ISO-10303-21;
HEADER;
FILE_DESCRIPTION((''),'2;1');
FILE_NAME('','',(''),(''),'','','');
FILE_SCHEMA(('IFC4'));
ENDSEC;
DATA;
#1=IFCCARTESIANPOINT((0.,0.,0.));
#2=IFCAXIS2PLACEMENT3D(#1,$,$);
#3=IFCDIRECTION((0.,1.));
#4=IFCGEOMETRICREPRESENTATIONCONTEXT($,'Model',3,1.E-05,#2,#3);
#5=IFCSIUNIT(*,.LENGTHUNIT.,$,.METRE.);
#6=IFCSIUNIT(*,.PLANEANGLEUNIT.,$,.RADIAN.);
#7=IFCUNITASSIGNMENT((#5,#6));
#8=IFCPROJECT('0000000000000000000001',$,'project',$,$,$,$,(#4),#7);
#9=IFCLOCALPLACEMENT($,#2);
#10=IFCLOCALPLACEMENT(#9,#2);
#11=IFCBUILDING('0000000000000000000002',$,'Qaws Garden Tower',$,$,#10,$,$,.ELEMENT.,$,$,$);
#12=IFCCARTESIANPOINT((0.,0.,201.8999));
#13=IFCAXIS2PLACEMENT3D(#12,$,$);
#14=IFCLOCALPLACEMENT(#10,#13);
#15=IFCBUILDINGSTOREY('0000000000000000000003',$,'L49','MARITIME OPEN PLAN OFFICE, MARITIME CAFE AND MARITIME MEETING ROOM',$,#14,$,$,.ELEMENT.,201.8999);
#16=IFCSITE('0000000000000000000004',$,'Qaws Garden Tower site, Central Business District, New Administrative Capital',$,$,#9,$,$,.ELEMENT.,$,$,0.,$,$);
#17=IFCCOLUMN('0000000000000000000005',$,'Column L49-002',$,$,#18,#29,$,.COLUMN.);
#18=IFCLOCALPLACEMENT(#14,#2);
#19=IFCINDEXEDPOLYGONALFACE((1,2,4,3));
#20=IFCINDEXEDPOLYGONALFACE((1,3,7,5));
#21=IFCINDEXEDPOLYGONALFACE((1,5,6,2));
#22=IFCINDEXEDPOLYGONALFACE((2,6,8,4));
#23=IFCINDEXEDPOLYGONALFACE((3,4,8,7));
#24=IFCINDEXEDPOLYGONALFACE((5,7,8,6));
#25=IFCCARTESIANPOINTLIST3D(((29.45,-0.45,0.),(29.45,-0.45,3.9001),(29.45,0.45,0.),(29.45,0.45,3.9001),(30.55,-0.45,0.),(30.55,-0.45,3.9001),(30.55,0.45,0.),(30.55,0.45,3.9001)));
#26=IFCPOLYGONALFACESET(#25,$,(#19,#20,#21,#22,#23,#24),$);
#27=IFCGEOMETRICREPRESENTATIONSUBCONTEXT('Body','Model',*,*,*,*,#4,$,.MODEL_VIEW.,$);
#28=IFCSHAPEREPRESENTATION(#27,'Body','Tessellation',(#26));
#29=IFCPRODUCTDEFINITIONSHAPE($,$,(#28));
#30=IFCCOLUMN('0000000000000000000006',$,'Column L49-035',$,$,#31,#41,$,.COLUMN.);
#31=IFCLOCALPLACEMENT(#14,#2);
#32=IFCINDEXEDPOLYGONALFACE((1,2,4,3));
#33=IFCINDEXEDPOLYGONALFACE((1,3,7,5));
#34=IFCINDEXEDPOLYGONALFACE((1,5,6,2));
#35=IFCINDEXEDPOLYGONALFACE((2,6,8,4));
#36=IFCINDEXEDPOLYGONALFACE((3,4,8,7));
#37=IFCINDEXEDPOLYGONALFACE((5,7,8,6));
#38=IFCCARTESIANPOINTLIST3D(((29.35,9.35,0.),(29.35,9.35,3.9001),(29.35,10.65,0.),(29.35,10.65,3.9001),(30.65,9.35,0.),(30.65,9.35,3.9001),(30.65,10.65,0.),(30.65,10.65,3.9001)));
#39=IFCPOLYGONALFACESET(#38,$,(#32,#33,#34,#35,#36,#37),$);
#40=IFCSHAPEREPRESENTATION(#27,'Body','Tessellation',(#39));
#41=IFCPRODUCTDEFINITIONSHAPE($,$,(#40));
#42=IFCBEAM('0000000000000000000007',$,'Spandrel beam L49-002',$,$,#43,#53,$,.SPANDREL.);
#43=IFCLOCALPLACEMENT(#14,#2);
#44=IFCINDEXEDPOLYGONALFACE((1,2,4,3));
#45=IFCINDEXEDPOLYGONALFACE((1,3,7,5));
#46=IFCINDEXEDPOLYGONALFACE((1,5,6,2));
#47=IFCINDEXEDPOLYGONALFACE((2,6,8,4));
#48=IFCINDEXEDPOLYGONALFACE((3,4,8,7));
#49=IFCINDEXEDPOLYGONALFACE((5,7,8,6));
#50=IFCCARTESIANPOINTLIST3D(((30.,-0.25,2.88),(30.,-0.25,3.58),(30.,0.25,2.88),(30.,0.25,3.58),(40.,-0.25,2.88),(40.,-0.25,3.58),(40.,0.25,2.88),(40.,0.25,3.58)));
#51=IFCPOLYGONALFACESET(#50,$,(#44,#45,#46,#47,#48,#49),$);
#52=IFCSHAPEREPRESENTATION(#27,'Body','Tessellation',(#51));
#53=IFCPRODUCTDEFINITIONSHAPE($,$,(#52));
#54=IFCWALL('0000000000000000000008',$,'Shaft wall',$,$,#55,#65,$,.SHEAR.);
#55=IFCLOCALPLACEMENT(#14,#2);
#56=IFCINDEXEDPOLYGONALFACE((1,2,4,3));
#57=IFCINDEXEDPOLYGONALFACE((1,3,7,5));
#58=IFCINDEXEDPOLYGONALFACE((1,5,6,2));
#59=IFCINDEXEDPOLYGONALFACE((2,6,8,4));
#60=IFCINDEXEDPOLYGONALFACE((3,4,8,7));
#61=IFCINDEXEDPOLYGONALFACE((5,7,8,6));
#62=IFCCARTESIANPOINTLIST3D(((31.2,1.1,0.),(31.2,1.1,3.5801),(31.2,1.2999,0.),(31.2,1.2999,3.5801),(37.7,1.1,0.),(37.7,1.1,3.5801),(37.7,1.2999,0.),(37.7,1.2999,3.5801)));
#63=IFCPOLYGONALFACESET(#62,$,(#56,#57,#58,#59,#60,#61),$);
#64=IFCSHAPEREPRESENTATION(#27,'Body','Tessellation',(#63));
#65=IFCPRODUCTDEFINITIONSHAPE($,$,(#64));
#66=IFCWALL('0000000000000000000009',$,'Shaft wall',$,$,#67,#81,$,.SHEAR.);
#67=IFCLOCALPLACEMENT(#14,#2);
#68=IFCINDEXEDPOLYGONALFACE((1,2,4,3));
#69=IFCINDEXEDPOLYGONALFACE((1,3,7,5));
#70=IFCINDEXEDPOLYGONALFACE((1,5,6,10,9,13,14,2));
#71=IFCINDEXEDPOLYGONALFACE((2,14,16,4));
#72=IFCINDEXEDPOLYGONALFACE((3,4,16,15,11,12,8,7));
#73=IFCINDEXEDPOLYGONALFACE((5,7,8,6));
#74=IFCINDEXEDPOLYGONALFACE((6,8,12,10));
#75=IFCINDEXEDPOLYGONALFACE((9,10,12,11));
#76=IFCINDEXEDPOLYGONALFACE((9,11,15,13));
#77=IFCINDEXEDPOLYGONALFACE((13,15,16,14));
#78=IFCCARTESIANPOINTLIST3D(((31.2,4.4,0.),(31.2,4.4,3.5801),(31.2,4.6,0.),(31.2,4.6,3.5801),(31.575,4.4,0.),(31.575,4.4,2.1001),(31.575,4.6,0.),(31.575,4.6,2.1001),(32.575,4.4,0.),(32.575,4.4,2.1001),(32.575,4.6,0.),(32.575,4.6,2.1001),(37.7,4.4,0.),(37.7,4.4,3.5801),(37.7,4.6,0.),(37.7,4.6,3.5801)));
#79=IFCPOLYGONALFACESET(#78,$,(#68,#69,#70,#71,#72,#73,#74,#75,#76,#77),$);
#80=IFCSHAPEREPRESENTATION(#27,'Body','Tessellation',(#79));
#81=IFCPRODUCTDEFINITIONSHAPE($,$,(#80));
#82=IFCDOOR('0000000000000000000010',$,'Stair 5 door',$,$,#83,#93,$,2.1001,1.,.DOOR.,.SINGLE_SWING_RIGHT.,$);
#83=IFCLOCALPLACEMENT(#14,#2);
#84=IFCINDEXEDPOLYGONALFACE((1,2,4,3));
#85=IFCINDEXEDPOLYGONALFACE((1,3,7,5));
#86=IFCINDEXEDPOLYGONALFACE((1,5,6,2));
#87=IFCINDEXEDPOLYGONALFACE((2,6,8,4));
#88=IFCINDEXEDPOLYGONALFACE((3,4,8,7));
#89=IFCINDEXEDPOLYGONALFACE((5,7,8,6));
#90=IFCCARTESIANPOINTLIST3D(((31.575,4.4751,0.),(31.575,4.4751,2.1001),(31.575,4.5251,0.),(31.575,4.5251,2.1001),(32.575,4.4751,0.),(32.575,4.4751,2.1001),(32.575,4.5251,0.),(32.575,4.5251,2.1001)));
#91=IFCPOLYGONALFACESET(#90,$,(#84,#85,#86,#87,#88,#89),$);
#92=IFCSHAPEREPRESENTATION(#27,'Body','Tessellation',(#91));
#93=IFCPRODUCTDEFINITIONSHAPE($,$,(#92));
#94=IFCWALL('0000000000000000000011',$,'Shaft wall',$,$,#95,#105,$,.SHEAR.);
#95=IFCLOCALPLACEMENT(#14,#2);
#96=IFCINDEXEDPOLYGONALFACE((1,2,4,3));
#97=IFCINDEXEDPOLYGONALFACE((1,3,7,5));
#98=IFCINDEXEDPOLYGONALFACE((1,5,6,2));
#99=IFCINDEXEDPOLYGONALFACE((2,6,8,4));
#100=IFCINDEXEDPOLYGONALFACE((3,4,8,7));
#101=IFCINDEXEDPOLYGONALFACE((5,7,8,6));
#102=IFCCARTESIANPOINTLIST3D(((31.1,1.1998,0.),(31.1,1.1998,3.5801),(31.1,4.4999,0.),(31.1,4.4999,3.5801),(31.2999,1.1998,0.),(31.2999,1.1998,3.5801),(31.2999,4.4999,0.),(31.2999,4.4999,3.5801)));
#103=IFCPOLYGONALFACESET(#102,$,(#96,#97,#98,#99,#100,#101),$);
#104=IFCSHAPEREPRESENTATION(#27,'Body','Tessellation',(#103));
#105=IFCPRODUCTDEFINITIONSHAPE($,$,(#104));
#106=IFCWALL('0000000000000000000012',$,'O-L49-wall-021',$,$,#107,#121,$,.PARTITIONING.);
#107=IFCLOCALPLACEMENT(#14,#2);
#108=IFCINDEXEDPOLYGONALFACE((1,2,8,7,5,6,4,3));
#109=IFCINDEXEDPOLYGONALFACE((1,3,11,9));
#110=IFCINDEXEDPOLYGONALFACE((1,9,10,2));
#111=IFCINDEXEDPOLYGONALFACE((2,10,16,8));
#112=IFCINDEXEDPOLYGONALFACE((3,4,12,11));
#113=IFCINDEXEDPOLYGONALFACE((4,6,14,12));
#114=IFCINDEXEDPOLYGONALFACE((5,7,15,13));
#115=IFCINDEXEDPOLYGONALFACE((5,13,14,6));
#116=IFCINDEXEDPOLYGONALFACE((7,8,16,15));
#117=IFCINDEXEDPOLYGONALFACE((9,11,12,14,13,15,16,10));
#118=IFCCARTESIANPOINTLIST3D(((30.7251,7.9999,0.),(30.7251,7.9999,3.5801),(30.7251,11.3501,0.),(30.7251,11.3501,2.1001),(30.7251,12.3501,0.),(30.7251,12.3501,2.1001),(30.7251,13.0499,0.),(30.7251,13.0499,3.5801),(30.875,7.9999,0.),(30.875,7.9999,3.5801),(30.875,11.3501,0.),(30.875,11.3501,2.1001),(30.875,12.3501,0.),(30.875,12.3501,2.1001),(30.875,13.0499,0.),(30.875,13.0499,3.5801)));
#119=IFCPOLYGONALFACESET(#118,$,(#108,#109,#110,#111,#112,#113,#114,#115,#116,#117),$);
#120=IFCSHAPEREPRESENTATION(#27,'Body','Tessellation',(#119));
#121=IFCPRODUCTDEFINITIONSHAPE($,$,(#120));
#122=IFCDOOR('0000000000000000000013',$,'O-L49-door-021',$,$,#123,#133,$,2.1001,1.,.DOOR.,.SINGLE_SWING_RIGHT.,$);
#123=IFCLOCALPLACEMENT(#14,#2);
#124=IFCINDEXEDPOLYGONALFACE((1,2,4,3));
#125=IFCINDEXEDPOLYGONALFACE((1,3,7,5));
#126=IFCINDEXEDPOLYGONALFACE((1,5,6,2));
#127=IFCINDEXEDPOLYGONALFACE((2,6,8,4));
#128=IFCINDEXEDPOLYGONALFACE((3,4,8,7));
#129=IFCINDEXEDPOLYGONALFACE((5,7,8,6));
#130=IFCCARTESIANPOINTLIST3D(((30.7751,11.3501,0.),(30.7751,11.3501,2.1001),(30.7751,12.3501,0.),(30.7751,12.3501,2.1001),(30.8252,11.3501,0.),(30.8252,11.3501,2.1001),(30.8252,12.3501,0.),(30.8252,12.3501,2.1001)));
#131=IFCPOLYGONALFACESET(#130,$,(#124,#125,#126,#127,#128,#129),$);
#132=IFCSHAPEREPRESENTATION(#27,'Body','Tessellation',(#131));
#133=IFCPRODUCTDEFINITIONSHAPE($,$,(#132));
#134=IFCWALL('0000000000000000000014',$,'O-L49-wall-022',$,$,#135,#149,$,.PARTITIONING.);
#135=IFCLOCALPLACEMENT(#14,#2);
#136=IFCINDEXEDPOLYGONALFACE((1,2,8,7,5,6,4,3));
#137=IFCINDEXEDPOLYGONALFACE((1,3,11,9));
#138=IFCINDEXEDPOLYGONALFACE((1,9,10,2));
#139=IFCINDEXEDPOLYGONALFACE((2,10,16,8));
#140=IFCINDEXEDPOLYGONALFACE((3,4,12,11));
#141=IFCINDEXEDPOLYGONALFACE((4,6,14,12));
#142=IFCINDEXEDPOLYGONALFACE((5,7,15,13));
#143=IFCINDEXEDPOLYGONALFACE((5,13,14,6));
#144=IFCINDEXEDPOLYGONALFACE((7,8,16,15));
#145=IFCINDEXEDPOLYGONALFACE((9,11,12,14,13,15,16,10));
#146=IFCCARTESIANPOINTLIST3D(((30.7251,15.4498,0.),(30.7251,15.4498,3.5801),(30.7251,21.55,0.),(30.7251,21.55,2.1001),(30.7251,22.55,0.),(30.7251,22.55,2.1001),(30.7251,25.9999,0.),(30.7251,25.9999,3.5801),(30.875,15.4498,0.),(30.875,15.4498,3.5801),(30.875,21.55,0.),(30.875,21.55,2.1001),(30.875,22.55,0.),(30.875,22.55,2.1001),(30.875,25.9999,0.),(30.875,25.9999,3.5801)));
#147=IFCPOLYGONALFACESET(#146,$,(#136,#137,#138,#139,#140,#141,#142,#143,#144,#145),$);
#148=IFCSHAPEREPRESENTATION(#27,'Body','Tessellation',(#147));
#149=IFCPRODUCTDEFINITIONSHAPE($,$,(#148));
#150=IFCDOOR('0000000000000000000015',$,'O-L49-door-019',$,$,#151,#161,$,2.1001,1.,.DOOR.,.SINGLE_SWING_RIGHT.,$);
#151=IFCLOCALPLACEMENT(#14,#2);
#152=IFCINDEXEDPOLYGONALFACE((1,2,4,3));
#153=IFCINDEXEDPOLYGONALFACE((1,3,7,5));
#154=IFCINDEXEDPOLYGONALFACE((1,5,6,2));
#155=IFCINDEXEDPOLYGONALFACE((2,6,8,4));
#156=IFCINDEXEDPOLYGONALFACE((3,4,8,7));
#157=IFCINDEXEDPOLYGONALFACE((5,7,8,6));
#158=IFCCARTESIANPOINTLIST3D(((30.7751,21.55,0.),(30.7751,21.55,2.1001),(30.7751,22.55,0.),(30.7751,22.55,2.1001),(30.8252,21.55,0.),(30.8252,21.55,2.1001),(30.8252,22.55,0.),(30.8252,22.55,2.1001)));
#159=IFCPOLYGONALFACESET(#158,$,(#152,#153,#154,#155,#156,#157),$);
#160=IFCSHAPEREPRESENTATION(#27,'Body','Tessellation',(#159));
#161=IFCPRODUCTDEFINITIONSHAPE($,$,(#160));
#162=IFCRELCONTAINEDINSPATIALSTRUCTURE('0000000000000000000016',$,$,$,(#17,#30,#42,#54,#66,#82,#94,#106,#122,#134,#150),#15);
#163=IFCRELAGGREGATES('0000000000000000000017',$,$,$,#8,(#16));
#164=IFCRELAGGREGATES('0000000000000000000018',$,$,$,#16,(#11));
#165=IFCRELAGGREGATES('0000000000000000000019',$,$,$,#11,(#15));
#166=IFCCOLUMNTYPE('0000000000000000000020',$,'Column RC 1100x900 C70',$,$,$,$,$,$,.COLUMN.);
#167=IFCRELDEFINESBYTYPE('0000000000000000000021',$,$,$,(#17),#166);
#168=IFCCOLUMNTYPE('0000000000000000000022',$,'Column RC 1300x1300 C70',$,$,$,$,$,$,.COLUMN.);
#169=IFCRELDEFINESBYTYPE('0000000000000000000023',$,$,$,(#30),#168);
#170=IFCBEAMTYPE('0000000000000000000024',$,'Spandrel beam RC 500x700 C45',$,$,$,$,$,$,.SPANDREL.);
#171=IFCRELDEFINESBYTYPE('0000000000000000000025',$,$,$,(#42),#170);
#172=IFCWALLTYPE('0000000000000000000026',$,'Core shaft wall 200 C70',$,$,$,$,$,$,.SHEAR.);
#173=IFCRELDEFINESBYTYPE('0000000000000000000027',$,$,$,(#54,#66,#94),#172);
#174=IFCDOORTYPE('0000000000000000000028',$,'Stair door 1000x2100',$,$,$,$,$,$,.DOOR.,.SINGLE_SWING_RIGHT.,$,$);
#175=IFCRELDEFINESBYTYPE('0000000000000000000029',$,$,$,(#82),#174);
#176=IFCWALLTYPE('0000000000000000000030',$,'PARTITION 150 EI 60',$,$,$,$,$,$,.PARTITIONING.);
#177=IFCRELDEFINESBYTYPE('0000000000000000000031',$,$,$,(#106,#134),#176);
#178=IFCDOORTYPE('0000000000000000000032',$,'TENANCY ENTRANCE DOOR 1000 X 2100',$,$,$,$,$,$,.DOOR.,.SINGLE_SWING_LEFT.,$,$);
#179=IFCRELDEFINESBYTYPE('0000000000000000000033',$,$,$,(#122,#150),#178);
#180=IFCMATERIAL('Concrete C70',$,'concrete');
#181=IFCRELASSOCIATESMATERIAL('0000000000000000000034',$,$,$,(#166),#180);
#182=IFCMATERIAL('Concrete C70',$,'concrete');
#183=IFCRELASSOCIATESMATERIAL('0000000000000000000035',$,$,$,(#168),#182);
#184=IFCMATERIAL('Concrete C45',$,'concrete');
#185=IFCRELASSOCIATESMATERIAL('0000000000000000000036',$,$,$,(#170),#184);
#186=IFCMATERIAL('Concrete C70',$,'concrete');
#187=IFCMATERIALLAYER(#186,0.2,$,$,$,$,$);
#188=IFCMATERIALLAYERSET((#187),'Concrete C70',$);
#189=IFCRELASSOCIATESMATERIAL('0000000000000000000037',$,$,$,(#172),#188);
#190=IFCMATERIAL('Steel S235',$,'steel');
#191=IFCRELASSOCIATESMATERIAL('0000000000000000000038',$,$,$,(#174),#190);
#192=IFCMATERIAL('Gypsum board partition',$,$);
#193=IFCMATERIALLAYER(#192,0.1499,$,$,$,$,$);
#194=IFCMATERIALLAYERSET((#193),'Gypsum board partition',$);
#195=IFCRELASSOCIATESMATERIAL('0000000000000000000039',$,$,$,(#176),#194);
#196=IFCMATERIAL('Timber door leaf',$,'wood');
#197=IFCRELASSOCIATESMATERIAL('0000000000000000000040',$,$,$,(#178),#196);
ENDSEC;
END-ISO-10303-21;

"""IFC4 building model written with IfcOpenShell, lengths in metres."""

from ifc_helpers import new_model, si_unit, direction, frame, frame_2d, origin, origin_2d, place, context, subcontext, project, spatial, rectangle, extrude, material, layer, layer_set, material_profile, profile_set, type_object, element, fill, save


model = new_model("IFC4")

# Units and contexts
model_context = context("Model", 3, precision=1e-05, world=origin(), true_north=direction((0.0, 1.0)))
body_context = subcontext(model_context, "Body", "Model", "MODEL_VIEW")
ifc_project = project(units=[si_unit("LENGTHUNIT", "METRE"), si_unit("PLANEANGLEUNIT", "RADIAN")], contexts=[model_context])

# Site, building, storey
site_placement = place(None, origin())
site = spatial("IfcSite", under=ifc_project, at=site_placement, Name="Qaws Garden Tower site, Central Business District, New Administrative Capital", CompositionType="ELEMENT", RefElevation=0.0)
building_placement = place(site_placement, origin())
building = spatial("IfcBuilding", under=site, at=building_placement, Name="Qaws Garden Tower", CompositionType="ELEMENT")
storey_placement = place(building_placement, frame((0.0, 0.0, 201.8999)))
storey = spatial("IfcBuildingStorey", under=building, at=storey_placement, Name="L49", Description="MARITIME OPEN PLAN OFFICE, MARITIME CAFE AND MARITIME MEETING ROOM", CompositionType="ELEMENT", Elevation=201.8999)

# Columns
ifc_material_1 = material(Name="Concrete C70", Category="concrete")
ifc_material_profile_1 = material_profile(ifc_material_1, rectangle(XDim=1.1001, YDim=0.8999, at=origin_2d()), Name="RC 1100x900")
ifc_profile_set_1 = profile_set([ifc_material_profile_1], Name="Concrete C70")
column_type_1 = type_object("IfcColumnType", Name="Column RC 1100x900 C70", PredefinedType="COLUMN", material=ifc_profile_set_1)
column_1_placement = place(storey_placement, frame((30.0, 0.0, 0.0), z_axis=(0.0, 0.0, 1.0), x_axis=(1.0, 0.0, 0.0)))
element("IfcColumn", 1, at=column_1_placement, inside=storey, type_object=column_type_1, Name="Column L49-002", PredefinedType="COLUMN", context=body_context, shape_type="SweptSolid", body=[
    extrude(rectangle(XDim=1.1001, YDim=0.8999, at=origin_2d()), origin(), (0.0, 0.0, 1.0), 3.9001),
])
ifc_material_2 = material(Name="Concrete C70", Category="concrete")
ifc_material_profile_2 = material_profile(ifc_material_2, rectangle(XDim=1.3, YDim=1.3, at=origin_2d()), Name="RC 1300x1300")
ifc_profile_set_2 = profile_set([ifc_material_profile_2], Name="Concrete C70")
column_type_2 = type_object("IfcColumnType", Name="Column RC 1300x1300 C70", PredefinedType="COLUMN", material=ifc_profile_set_2)
column_2_placement = place(storey_placement, frame((30.0, 10.0, 0.0), z_axis=(0.0, 0.0, 1.0), x_axis=(1.0, 0.0, 0.0)))
element("IfcColumn", 2, at=column_2_placement, inside=storey, type_object=column_type_2, Name="Column L49-035", PredefinedType="COLUMN", context=body_context, shape_type="SweptSolid", body=[
    extrude(rectangle(XDim=1.3, YDim=1.3, at=origin_2d()), origin(), (0.0, 0.0, 1.0), 3.9001),
])

# Beam
ifc_material_3 = material(Name="Concrete C45", Category="concrete")
ifc_material_profile_3 = material_profile(ifc_material_3, rectangle(XDim=0.5, YDim=0.7, at=origin_2d()), Name="RC 500x700")
ifc_profile_set_3 = profile_set([ifc_material_profile_3], Name="Concrete C45")
beam_type = type_object("IfcBeamType", Name="Spandrel beam RC 500x700 C45", PredefinedType="SPANDREL", material=ifc_profile_set_3)
beam_placement = place(storey_placement, frame((30.0, 0.0, 3.23), z_axis=(1.0, 0.0, 0.0), x_axis=(0.0, 1.0, 0.0)))
element("IfcBeam", 3, at=beam_placement, inside=storey, type_object=beam_type, Name="Spandrel beam L49-002", PredefinedType="SPANDREL", context=body_context, shape_type="SweptSolid", body=[
    extrude(rectangle(XDim=0.5, YDim=0.7, at=origin_2d()), origin(), (0.0, 0.0, 1.0), 10.0),
])

# Wall
ifc_material_4 = material(Name="Concrete C70", Category="concrete")
ifc_layer_1 = layer(ifc_material_4, 0.2)
ifc_layer_set_1 = layer_set([ifc_layer_1], Name="Concrete C70")
wall_type_1 = type_object("IfcWallType", Name="Core shaft wall 200 C70", PredefinedType="SHEAR", material=ifc_layer_set_1)
wall_1_placement = place(storey_placement, frame((31.2, 1.2, 0.0), z_axis=(0.0, 0.0, 1.0), x_axis=(1.0, 0.0, 0.0)))
element("IfcWall", 4, at=wall_1_placement, inside=storey, type_object=wall_type_1, Name="Shaft wall", PredefinedType="SHEAR", context=body_context, shape_type="SweptSolid", body=[
    extrude(rectangle(XDim=6.5, YDim=0.2, at=frame_2d((3.25, 0.0))), origin(), (0.0, 0.0, 1.0), 3.5801),
])

# Wall, opening, door
wall_2_placement = place(storey_placement, frame((31.2, 4.5, 0.0), z_axis=(0.0, 0.0, 1.0), x_axis=(1.0, 0.0, 0.0)))
wall_2 = element("IfcWall", 5, at=wall_2_placement, inside=storey, type_object=wall_type_1, Name="Shaft wall", PredefinedType="SHEAR", context=body_context, shape_type="SweptSolid", body=[
    extrude(rectangle(XDim=6.5, YDim=0.2, at=frame_2d((3.25, 0.0))), origin(), (0.0, 0.0, 1.0), 3.5801),
])
opening_1_placement = place(wall_2_placement, frame((0.375, 0.0, 0.0)))
opening_1 = element("IfcOpeningElement", 6, at=opening_1_placement, cuts=wall_2, PredefinedType="OPENING", context=body_context, shape_type="SweptSolid", body=[
    extrude(rectangle(XDim=1.0, YDim=2.1001, at=frame_2d((0.5, 1.05))), frame((0.0, 0.1099, 0.0), z_axis=(0.0, -1.0, 0.0), x_axis=(1.0, 0.0, 0.0)), (0.0, 0.0, 1.0), 0.22),
])
ifc_material_5 = material(Name="Steel S235", Category="steel")
door_type_1 = type_object("IfcDoorType", Name="Stair door 1000x2100", OperationType="SINGLE_SWING_RIGHT", PredefinedType="DOOR", material=ifc_material_5)
door_1_placement = place(opening_1_placement, frame((1.0, 0.0, 0.0), z_axis=(0.0, 0.0, 1.0), x_axis=(-1.0, 0.0, 0.0)))
door_1 = element("IfcDoor", 7, at=door_1_placement, inside=storey, type_object=door_type_1, Name="Stair 5 door", OperationType="SINGLE_SWING_RIGHT", OverallHeight=2.1001, OverallWidth=1.0, PredefinedType="DOOR", context=body_context, shape_type="SweptSolid", body=[
    extrude(rectangle(XDim=1.0, YDim=2.1001, at=frame_2d((0.5, 1.05))), frame((0.0, 0.0249, 0.0), z_axis=(0.0, -1.0, 0.0), x_axis=(1.0, 0.0, 0.0)), (0.0, 0.0, 1.0), 0.05),
])
fill(opening_1, door_1)

# Wall
wall_3_placement = place(storey_placement, frame((31.2, 1.2, 0.0), z_axis=(0.0, 0.0, 1.0), x_axis=(0.0, 1.0, 0.0)))
element("IfcWall", 8, at=wall_3_placement, inside=storey, type_object=wall_type_1, Name="Shaft wall", PredefinedType="SHEAR", context=body_context, shape_type="SweptSolid", body=[
    extrude(rectangle(XDim=3.3, YDim=0.2, at=frame_2d((1.6499, 0.0))), origin(), (0.0, 0.0, 1.0), 3.5801),
])

# Walls, openings, doors
ifc_material_6 = material(Name="Gypsum board partition")
ifc_layer_2 = layer(ifc_material_6, 0.1499)
ifc_layer_set_2 = layer_set([ifc_layer_2], Name="Gypsum board partition")
wall_type_2 = type_object("IfcWallType", Name="PARTITION 150 EI 60", PredefinedType="PARTITIONING", material=ifc_layer_set_2)
wall_4_placement = place(storey_placement, frame((30.8, 8.0, 0.0), z_axis=(0.0, 0.0, 1.0), x_axis=(0.0, 1.0, 0.0)))
wall_4 = element("IfcWall", 9, at=wall_4_placement, inside=storey, type_object=wall_type_2, Name="O-L49-wall-021", PredefinedType="PARTITIONING", context=body_context, shape_type="SweptSolid", body=[
    extrude(rectangle(XDim=5.05, YDim=0.1499, at=frame_2d((2.5249, 0.0))), origin(), (0.0, 0.0, 1.0), 3.5801),
])
opening_2_placement = place(wall_4_placement, frame((3.3501, 0.0, 0.0)))
opening_2 = element("IfcOpeningElement", 10, at=opening_2_placement, cuts=wall_4, PredefinedType="OPENING", context=body_context, shape_type="SweptSolid", body=[
    extrude(rectangle(XDim=1.0, YDim=2.1001, at=frame_2d((0.5, 1.05))), frame((0.0, 0.085, 0.0), z_axis=(0.0, -1.0, 0.0), x_axis=(1.0, 0.0, 0.0)), (0.0, 0.0, 1.0), 0.1699),
])
ifc_material_7 = material(Name="Timber door leaf", Category="wood")
door_type_2 = type_object("IfcDoorType", Name="TENANCY ENTRANCE DOOR 1000 X 2100", OperationType="SINGLE_SWING_LEFT", PredefinedType="DOOR", material=ifc_material_7)
door_2_placement = place(opening_2_placement, origin())
door_2 = element("IfcDoor", 11, at=door_2_placement, inside=storey, type_object=door_type_2, Name="O-L49-door-021", OperationType="SINGLE_SWING_RIGHT", OverallHeight=2.1001, OverallWidth=1.0, PredefinedType="DOOR", context=body_context, shape_type="SweptSolid", body=[
    extrude(rectangle(XDim=1.0, YDim=2.1001, at=frame_2d((0.5, 1.05))), frame((0.0, 0.0249, 0.0), z_axis=(0.0, -1.0, 0.0), x_axis=(1.0, 0.0, 0.0)), (0.0, 0.0, 1.0), 0.05),
])
fill(opening_2, door_2)
wall_5_placement = place(storey_placement, frame((30.8, 15.45, 0.0), z_axis=(0.0, 0.0, 1.0), x_axis=(0.0, 1.0, 0.0)))
wall_5 = element("IfcWall", 12, at=wall_5_placement, inside=storey, type_object=wall_type_2, Name="O-L49-wall-022", PredefinedType="PARTITIONING", context=body_context, shape_type="SweptSolid", body=[
    extrude(rectangle(XDim=10.55, YDim=0.1499, at=frame_2d((5.2749, 0.0))), origin(), (0.0, 0.0, 1.0), 3.5801),
])
opening_3_placement = place(wall_5_placement, frame((6.1001, 0.0, 0.0)))
opening_3 = element("IfcOpeningElement", 13, at=opening_3_placement, cuts=wall_5, PredefinedType="OPENING", context=body_context, shape_type="SweptSolid", body=[
    extrude(rectangle(XDim=1.0, YDim=2.1001, at=frame_2d((0.5, 1.05))), frame((0.0, 0.085, 0.0), z_axis=(0.0, -1.0, 0.0), x_axis=(1.0, 0.0, 0.0)), (0.0, 0.0, 1.0), 0.1699),
])
door_3_placement = place(opening_3_placement, origin())
door_3 = element("IfcDoor", 14, at=door_3_placement, inside=storey, type_object=door_type_2, Name="O-L49-door-019", OperationType="SINGLE_SWING_RIGHT", OverallHeight=2.1001, OverallWidth=1.0, PredefinedType="DOOR", context=body_context, shape_type="SweptSolid", body=[
    extrude(rectangle(XDim=1.0, YDim=2.1001, at=frame_2d((0.5, 1.05))), frame((0.0, 0.0249, 0.0), z_axis=(0.0, -1.0, 0.0), x_axis=(1.0, 0.0, 0.0)), (0.0, 0.0, 1.0), 0.05),
])
fill(opening_3, door_3)

save(model, "model.ifc")
